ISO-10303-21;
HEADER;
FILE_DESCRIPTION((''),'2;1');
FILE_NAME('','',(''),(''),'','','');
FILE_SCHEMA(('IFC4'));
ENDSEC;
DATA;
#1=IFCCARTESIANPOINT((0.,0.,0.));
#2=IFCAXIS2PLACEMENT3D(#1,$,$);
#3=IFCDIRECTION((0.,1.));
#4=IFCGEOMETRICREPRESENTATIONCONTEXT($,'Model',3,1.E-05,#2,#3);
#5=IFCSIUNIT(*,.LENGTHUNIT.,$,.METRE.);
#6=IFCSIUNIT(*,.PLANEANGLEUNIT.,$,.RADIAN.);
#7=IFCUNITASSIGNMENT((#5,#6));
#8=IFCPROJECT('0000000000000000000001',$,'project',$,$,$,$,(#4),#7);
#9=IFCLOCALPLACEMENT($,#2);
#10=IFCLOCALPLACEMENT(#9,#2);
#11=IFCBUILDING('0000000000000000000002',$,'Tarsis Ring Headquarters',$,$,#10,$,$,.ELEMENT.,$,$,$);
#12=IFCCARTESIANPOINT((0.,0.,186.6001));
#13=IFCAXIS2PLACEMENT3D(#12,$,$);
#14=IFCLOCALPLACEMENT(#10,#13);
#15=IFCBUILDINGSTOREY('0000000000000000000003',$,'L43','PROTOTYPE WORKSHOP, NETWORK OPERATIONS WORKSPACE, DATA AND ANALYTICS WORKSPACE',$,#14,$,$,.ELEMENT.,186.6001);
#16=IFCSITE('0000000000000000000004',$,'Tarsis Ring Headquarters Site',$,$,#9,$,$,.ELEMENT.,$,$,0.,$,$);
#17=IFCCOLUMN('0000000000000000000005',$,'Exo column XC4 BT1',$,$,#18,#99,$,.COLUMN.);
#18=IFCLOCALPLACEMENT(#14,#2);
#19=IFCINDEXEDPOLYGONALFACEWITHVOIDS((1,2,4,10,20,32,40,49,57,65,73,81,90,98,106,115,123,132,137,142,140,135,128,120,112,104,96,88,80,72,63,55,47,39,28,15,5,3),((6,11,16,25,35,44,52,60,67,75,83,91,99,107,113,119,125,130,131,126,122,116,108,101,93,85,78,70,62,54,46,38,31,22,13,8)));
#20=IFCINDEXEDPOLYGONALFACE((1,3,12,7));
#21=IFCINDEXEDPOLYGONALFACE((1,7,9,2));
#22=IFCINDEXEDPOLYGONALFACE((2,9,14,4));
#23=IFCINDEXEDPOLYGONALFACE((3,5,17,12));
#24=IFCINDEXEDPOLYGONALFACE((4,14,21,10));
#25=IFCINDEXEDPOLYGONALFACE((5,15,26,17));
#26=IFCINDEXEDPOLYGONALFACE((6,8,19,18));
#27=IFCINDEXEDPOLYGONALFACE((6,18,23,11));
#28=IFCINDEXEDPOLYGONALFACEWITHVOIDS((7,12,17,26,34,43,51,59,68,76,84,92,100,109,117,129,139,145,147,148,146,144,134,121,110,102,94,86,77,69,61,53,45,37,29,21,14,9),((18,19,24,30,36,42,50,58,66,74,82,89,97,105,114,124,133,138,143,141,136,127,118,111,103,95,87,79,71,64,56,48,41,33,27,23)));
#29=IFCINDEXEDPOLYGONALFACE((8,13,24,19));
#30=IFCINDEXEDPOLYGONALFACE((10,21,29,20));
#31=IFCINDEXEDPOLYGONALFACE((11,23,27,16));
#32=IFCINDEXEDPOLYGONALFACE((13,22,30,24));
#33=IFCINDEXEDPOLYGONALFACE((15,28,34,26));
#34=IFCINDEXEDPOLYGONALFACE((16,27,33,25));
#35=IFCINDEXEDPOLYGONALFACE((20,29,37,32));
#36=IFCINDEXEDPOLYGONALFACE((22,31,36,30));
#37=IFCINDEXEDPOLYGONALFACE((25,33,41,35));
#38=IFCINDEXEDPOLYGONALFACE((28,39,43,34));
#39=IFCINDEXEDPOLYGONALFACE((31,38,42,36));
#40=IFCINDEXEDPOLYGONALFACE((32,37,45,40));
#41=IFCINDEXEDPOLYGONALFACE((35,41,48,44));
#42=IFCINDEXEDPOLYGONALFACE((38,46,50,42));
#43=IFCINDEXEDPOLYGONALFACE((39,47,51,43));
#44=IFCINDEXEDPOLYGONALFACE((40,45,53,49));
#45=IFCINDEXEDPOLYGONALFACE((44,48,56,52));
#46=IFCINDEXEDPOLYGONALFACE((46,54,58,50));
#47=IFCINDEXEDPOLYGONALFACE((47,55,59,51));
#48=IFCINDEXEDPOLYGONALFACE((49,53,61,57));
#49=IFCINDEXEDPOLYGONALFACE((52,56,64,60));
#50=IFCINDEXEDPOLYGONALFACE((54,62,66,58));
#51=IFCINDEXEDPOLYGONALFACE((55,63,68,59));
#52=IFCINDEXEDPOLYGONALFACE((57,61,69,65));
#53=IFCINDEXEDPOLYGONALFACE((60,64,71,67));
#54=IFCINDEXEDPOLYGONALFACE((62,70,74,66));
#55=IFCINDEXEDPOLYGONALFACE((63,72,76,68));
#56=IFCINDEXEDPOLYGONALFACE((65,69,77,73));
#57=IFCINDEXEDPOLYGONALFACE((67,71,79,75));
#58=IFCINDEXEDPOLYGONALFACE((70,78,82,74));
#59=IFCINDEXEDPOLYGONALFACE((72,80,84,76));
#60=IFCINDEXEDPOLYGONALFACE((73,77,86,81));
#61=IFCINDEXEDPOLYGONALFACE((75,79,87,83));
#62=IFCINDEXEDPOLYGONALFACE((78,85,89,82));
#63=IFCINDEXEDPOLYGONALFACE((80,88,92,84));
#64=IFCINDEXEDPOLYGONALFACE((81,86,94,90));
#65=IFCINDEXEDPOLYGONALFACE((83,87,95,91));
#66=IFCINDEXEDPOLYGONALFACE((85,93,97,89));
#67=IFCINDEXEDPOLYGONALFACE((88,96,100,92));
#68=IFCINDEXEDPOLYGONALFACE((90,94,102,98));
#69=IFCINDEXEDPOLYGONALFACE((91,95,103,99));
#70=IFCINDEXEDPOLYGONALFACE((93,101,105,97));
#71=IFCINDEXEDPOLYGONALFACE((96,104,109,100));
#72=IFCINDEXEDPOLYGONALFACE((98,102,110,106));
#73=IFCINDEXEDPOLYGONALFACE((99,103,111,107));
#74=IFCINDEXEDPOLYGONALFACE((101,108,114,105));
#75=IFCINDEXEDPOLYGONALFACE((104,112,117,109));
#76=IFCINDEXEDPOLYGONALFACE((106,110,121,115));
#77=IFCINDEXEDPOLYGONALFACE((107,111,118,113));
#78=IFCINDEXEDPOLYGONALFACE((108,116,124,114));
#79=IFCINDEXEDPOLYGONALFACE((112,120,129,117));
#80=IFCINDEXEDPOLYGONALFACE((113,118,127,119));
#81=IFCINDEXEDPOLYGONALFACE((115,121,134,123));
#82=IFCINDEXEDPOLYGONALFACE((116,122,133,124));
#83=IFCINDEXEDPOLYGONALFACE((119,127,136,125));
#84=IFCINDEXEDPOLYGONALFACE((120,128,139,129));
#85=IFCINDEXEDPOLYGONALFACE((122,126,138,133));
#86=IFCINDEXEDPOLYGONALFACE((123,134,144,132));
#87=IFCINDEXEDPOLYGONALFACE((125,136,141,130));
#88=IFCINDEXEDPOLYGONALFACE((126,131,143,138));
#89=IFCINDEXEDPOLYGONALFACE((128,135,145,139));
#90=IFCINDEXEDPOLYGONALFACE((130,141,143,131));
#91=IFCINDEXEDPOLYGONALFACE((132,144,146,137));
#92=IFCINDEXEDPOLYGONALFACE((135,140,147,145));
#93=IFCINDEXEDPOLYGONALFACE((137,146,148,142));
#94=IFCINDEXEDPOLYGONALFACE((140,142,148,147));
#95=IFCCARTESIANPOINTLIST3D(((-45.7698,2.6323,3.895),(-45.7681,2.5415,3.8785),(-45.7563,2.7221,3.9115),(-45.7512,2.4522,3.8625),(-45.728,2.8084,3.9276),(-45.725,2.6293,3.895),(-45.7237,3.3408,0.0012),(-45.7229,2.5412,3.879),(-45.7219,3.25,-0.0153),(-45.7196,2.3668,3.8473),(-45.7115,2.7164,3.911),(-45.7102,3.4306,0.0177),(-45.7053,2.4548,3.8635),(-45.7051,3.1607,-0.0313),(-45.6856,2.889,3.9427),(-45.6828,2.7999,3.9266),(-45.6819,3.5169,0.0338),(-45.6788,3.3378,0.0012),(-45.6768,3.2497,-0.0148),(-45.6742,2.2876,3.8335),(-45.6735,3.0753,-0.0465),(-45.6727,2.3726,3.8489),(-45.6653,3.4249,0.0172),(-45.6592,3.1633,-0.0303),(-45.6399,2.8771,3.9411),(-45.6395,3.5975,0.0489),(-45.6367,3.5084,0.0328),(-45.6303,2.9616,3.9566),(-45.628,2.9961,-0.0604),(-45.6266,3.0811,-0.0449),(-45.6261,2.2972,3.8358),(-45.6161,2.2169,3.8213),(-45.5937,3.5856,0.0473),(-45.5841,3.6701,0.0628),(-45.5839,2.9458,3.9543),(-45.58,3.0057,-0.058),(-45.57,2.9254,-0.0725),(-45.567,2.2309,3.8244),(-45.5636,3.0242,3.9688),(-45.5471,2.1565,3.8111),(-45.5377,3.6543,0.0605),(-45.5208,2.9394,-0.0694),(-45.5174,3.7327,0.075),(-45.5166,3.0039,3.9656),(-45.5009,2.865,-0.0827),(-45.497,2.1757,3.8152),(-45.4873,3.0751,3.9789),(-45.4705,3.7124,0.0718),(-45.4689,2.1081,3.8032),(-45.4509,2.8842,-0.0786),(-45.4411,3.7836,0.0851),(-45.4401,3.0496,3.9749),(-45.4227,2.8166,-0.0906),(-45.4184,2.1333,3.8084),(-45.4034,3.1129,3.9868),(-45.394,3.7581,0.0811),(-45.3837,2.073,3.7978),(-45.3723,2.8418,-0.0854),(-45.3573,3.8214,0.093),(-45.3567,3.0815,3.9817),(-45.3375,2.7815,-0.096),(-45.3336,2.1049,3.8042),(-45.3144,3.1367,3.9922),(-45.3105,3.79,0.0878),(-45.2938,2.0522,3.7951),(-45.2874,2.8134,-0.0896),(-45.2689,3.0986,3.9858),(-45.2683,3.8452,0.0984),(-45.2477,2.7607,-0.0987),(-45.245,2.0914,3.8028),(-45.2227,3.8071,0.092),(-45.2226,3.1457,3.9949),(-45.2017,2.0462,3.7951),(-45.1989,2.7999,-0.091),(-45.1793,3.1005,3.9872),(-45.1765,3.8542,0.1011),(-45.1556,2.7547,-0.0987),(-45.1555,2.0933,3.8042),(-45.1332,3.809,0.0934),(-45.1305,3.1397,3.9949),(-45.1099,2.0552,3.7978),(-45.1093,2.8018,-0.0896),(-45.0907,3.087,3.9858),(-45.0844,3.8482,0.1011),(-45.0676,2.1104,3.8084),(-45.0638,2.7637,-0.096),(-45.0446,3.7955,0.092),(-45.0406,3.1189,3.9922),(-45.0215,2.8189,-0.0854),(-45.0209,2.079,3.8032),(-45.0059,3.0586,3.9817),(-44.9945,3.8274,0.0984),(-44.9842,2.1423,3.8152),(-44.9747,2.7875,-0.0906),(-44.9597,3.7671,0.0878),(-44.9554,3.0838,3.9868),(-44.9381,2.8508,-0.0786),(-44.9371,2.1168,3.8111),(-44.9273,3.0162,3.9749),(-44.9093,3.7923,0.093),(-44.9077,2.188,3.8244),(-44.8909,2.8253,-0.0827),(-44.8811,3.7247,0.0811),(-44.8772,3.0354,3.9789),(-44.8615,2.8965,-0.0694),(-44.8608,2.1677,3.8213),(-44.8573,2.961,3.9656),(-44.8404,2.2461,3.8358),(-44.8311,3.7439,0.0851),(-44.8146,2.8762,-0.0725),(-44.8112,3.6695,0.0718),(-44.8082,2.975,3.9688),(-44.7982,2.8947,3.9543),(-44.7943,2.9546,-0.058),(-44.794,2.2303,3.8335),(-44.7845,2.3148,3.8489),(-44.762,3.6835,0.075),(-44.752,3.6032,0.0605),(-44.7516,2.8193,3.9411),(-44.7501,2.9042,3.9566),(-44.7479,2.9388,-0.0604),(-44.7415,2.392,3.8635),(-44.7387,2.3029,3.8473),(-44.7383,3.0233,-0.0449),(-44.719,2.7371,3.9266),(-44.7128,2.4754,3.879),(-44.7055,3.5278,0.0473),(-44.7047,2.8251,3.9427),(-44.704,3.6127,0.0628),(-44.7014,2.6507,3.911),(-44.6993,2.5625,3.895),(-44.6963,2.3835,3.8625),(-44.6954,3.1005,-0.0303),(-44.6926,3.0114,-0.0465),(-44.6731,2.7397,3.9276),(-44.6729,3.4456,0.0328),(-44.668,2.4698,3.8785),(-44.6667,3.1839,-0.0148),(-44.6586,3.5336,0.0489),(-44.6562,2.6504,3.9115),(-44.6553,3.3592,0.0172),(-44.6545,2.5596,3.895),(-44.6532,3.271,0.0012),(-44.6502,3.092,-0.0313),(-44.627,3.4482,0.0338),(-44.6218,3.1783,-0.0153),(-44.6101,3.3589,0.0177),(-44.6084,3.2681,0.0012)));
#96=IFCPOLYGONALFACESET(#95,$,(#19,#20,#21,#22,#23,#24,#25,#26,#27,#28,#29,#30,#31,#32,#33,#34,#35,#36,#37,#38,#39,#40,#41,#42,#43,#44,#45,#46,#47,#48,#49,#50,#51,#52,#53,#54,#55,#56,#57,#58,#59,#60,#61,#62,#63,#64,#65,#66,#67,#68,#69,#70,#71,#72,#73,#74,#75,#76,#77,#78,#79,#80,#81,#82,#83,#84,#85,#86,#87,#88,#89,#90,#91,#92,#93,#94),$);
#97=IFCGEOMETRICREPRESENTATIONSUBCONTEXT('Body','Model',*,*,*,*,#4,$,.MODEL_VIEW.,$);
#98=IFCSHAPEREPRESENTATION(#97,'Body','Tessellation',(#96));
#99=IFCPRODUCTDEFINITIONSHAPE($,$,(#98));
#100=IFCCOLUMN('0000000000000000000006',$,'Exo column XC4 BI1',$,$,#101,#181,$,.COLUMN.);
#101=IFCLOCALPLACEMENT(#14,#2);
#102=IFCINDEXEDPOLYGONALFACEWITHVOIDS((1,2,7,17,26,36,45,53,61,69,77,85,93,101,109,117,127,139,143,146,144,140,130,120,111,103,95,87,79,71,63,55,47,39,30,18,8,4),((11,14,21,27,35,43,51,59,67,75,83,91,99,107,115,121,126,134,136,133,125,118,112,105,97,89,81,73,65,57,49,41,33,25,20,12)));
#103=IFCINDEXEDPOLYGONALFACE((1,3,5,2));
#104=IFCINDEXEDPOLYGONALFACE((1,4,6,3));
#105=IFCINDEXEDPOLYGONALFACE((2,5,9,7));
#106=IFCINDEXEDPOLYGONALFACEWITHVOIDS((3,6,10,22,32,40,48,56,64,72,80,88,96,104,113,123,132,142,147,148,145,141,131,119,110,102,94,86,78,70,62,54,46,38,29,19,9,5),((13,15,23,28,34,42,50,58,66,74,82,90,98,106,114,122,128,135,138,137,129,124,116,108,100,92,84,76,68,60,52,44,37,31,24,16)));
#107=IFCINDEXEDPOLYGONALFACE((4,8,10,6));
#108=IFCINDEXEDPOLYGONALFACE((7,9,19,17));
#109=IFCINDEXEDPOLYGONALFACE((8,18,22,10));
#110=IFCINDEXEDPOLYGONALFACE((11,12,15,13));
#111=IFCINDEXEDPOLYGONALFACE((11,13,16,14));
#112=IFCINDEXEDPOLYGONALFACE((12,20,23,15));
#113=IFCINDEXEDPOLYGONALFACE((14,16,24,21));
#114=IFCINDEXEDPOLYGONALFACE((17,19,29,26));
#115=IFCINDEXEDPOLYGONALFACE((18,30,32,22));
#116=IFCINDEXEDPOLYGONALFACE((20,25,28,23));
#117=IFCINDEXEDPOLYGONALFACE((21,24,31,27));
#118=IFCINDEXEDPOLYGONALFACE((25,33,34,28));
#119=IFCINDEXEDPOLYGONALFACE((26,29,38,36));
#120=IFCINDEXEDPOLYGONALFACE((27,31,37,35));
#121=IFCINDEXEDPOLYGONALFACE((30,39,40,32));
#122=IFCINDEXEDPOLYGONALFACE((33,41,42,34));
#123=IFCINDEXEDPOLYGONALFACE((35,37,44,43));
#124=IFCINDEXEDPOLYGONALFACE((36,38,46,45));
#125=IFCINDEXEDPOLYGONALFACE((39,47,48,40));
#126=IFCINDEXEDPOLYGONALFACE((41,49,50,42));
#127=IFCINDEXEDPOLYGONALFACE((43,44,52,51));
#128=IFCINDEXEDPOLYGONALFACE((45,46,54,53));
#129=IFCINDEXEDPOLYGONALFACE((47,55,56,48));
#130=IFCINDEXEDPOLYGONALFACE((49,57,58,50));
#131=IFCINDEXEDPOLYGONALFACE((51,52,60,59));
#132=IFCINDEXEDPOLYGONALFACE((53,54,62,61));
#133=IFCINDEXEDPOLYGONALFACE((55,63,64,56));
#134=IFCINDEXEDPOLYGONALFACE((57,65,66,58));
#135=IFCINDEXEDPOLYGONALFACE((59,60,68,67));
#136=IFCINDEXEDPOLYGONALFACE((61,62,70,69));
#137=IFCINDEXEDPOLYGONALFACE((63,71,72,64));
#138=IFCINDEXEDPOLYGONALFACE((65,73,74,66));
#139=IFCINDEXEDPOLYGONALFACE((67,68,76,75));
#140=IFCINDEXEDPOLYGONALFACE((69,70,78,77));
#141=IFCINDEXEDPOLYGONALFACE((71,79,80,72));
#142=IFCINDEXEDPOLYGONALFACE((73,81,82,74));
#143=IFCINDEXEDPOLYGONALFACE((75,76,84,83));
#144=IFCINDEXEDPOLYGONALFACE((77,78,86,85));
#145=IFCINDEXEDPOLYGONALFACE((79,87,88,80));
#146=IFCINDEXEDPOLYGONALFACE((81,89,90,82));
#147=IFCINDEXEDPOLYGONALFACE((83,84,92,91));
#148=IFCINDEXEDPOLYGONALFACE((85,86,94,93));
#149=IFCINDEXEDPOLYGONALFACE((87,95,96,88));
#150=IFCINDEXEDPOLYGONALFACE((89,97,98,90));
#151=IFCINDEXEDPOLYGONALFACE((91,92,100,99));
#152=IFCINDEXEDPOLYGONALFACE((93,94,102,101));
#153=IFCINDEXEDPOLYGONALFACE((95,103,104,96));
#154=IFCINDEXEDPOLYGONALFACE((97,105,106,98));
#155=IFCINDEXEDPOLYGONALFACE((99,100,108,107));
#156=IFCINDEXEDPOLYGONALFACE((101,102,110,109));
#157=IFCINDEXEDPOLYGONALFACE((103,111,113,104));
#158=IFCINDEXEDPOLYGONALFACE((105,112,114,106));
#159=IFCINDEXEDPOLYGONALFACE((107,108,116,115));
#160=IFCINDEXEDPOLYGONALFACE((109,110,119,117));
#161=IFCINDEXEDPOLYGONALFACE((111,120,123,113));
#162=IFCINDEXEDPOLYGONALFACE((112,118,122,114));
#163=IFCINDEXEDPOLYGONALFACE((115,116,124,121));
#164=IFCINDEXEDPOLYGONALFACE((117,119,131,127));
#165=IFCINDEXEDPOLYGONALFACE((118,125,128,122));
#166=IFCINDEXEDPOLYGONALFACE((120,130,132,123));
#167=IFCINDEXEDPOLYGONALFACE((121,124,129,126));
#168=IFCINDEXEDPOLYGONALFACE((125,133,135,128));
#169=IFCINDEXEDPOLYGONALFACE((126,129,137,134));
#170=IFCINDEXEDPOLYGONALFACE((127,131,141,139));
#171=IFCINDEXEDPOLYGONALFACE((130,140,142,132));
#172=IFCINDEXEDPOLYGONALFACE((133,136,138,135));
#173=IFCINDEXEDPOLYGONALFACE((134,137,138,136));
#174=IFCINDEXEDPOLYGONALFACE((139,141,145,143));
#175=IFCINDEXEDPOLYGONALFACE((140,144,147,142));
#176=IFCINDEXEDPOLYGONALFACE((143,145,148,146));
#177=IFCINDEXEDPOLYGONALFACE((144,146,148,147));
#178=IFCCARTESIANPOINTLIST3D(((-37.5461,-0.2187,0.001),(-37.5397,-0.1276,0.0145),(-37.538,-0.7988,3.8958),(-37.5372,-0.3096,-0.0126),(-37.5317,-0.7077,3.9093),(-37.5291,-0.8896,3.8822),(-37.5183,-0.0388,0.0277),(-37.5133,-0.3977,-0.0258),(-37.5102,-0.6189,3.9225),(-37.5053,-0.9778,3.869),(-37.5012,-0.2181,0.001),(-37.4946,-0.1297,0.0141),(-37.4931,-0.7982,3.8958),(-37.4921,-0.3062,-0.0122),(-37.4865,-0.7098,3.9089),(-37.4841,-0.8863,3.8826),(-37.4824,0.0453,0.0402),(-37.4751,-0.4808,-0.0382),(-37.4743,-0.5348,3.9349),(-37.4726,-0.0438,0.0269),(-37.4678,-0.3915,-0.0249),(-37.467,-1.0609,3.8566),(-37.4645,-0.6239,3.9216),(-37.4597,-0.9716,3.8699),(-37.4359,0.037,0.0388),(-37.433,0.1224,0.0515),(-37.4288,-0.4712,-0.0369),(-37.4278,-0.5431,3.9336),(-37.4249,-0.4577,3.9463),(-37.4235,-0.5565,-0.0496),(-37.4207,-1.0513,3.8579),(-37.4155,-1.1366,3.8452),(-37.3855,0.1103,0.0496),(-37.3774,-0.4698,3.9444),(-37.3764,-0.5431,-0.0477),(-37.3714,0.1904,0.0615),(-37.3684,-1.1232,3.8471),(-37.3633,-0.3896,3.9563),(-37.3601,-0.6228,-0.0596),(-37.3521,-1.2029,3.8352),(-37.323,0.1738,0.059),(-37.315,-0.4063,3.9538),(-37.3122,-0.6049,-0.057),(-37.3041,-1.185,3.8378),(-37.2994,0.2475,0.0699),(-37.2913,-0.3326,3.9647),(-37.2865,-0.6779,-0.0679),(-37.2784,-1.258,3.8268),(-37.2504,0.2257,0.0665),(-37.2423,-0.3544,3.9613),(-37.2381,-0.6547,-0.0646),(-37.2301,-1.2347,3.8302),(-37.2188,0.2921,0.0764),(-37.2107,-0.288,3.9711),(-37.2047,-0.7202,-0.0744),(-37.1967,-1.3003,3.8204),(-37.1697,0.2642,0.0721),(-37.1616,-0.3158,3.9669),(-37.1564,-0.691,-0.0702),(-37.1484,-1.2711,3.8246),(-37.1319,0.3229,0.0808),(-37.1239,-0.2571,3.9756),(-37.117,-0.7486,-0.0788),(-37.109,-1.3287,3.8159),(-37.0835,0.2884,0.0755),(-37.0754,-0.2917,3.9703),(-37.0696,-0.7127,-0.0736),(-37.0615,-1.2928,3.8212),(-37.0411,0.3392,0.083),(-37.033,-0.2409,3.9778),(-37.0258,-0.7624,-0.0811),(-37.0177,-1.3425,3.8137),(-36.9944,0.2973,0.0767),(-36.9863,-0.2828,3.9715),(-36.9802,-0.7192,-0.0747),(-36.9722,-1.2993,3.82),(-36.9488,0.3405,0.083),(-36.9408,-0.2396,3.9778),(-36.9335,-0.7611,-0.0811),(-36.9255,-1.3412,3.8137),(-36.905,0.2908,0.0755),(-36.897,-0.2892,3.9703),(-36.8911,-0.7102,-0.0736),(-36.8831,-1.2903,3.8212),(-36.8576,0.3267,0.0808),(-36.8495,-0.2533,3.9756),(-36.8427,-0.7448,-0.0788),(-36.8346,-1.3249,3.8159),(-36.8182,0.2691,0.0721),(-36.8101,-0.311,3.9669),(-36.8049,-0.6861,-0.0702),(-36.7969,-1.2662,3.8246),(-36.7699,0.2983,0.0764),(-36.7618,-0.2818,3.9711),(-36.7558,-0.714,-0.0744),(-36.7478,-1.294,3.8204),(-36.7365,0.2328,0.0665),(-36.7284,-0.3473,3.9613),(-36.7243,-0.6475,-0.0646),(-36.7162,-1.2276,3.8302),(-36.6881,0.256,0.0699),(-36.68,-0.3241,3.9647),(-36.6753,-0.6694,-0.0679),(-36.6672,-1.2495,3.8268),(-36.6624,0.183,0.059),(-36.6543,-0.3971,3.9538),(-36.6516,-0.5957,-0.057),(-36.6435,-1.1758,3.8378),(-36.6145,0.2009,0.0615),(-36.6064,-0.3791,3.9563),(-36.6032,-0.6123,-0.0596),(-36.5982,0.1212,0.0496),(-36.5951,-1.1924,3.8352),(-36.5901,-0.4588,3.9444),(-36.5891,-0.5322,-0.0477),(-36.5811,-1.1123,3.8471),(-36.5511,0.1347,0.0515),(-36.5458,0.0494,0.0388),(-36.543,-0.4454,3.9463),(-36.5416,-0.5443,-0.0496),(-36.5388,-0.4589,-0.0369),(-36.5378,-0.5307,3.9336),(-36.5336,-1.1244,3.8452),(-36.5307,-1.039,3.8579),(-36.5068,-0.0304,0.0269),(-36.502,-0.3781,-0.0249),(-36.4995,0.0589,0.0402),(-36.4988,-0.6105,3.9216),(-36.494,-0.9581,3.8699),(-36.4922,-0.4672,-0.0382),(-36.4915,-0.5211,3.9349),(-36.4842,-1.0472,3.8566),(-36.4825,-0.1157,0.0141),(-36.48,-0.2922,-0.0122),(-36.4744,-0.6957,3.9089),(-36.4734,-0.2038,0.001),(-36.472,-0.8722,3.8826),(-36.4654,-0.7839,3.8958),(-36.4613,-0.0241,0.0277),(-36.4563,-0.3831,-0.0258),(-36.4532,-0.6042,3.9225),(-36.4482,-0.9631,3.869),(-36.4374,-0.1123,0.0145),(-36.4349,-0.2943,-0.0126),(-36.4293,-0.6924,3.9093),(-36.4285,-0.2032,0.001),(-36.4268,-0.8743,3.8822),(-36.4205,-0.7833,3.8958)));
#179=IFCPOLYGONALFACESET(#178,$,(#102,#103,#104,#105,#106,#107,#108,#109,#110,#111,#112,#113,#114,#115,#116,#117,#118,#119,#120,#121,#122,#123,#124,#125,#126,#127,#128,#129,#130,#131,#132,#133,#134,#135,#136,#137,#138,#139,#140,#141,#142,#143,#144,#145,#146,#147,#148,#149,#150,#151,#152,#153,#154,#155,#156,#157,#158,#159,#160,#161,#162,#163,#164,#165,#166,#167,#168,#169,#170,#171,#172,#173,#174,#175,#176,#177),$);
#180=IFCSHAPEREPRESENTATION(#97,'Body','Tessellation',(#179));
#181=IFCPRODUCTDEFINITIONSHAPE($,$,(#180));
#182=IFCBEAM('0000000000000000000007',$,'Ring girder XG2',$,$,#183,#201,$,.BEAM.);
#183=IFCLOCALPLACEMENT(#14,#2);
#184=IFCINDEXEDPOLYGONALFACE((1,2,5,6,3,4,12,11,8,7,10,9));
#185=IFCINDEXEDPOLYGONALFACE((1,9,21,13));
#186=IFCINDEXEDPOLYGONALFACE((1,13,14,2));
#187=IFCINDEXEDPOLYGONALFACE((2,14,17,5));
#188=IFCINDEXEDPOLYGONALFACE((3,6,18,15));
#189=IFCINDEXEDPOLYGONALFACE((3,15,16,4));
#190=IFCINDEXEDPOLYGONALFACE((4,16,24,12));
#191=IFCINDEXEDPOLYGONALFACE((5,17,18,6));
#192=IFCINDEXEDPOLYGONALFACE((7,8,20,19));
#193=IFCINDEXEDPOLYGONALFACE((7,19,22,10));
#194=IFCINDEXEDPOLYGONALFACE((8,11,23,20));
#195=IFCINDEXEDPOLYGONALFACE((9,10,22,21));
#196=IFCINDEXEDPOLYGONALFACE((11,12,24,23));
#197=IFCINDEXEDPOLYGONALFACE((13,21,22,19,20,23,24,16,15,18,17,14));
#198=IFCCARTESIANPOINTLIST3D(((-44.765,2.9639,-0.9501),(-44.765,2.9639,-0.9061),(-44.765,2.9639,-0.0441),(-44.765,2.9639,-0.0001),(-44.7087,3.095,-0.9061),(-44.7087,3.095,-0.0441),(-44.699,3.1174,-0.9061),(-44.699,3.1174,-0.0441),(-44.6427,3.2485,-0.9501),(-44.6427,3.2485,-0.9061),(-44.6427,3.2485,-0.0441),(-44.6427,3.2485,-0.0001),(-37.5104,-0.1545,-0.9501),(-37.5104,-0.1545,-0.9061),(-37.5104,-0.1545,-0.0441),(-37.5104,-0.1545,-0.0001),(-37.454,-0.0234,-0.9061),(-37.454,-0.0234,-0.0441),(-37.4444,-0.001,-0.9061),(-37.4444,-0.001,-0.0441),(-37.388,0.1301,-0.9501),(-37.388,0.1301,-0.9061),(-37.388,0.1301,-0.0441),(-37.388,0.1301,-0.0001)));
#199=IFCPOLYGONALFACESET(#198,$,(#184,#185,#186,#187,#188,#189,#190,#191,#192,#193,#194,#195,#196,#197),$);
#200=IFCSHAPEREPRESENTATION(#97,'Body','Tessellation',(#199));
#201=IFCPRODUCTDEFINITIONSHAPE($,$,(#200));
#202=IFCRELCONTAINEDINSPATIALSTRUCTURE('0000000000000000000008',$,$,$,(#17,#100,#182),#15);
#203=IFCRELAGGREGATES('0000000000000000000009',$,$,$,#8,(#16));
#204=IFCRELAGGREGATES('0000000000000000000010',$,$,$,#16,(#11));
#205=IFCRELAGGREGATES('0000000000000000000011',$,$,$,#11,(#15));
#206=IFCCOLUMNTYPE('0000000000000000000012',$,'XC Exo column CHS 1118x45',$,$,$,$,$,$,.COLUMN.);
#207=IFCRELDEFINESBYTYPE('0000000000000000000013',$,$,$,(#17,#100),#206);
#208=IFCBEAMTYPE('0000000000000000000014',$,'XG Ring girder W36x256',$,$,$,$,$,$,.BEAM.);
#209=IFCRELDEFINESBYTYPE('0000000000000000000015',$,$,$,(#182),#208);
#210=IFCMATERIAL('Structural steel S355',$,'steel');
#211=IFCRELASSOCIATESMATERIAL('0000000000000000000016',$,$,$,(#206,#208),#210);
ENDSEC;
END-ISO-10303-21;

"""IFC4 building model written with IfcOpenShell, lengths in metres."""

from ifc_helpers import new_model, si_unit, direction, frame, origin, origin_2d, place, context, subcontext, project, spatial, hollow_circle, i_section, extrude, material, material_profile, profile_set, type_object, element, save


model = new_model("IFC4")

# Units and contexts
model_context = context("Model", 3, precision=1e-05, world=origin(), true_north=direction((0.0, 1.0)))
body_context = subcontext(model_context, "Body", "Model", "MODEL_VIEW")
ifc_project = project(units=[si_unit("LENGTHUNIT", "METRE"), si_unit("PLANEANGLEUNIT", "RADIAN")], contexts=[model_context])

# Site, building, storey
site_placement = place(None, origin())
site = spatial("IfcSite", under=ifc_project, at=site_placement, Name="Tarsis Ring Headquarters Site", CompositionType="ELEMENT", RefElevation=0.0)
building_placement = place(site_placement, origin())
building = spatial("IfcBuilding", under=site, at=building_placement, Name="Tarsis Ring Headquarters", CompositionType="ELEMENT")
storey_placement = place(building_placement, frame((0.0, 0.0, 186.6001)))
storey = spatial("IfcBuildingStorey", under=building, at=storey_placement, Name="L43", Description="PROTOTYPE WORKSHOP, NETWORK OPERATIONS WORKSPACE, DATA AND ANALYTICS WORKSPACE", CompositionType="ELEMENT", Elevation=186.6001)

# Columns
ifc_material_1 = material(Name="Structural steel S355", Category="steel")
ifc_material_profile_1 = material_profile(ifc_material_1, hollow_circle(Radius=0.5588, WallThickness=0.0449, at=origin_2d()), Name="CHS 1118x45")
ifc_profile_set_1 = profile_set([ifc_material_profile_1], Name="Structural steel S355")
column_type = type_object("IfcColumnType", Name="XC Exo column CHS 1118x45", PredefinedType="COLUMN", material=ifc_profile_set_1)
column_1_placement = place(storey_placement, frame((-45.166, 3.3044, 0.0012), z_axis=(-0.011658, -0.179004, 0.983779), x_axis=(0.997886, -0.06499, 0.0)))
element("IfcColumn", 1, at=column_1_placement, inside=storey, type_object=column_type, Name="Exo column XC4 BT1", PredefinedType="COLUMN", context=body_context, shape_type="SweptSolid", body=[
    extrude(hollow_circle(Radius=0.5588, WallThickness=0.0449, at=origin_2d()), origin(), (0.0, 0.0, 1.0), 3.958),
])
column_2_placement = place(storey_placement, frame((-36.9873, -0.2109, 0.001), z_axis=(0.002046, -0.147312, 0.989088), x_axis=(0.999904, 0.013888, 0.0)))
element("IfcColumn", 2, at=column_2_placement, inside=storey, type_object=column_type, Name="Exo column XC4 BI1", PredefinedType="COLUMN", context=body_context, shape_type="SweptSolid", body=[
    extrude(hollow_circle(Radius=0.5588, WallThickness=0.0449, at=origin_2d()), origin(), (0.0, 0.0, 1.0), 3.9377),
])

# Beam
ifc_material_profile_2 = material_profile(ifc_material_1, i_section(OverallWidth=0.3098, OverallDepth=0.95, WebThickness=0.0244, FlangeThickness=0.0439, at=origin_2d()), Name="W36x256")
ifc_profile_set_2 = profile_set([ifc_material_profile_2], Name="Structural steel S355")
beam_type = type_object("IfcBeamType", Name="XG Ring girder W36x256", PredefinedType="BEAM", material=ifc_profile_set_2)
for number, where, z_axis, x_axis, name in (
    (3, (-44.7039, 3.1062, -0.4751), (0.918719, -0.394912, 0.0), (0.394912, 0.918719, 0.0), "Ring girder XG2"),
):
    element("IfcBeam", number, at=place(storey_placement, frame(where, z_axis=z_axis, x_axis=x_axis)), inside=storey, type_object=beam_type, Name=name, PredefinedType="BEAM", context=body_context, shape_type="SweptSolid", body=[
        extrude(i_section(OverallWidth=0.3098, OverallDepth=0.95, WebThickness=0.0244, FlangeThickness=0.0439, at=origin_2d()), origin(), (0.0, 0.0, 1.0), 7.8965),
    ])

save(model, "model.ifc")
